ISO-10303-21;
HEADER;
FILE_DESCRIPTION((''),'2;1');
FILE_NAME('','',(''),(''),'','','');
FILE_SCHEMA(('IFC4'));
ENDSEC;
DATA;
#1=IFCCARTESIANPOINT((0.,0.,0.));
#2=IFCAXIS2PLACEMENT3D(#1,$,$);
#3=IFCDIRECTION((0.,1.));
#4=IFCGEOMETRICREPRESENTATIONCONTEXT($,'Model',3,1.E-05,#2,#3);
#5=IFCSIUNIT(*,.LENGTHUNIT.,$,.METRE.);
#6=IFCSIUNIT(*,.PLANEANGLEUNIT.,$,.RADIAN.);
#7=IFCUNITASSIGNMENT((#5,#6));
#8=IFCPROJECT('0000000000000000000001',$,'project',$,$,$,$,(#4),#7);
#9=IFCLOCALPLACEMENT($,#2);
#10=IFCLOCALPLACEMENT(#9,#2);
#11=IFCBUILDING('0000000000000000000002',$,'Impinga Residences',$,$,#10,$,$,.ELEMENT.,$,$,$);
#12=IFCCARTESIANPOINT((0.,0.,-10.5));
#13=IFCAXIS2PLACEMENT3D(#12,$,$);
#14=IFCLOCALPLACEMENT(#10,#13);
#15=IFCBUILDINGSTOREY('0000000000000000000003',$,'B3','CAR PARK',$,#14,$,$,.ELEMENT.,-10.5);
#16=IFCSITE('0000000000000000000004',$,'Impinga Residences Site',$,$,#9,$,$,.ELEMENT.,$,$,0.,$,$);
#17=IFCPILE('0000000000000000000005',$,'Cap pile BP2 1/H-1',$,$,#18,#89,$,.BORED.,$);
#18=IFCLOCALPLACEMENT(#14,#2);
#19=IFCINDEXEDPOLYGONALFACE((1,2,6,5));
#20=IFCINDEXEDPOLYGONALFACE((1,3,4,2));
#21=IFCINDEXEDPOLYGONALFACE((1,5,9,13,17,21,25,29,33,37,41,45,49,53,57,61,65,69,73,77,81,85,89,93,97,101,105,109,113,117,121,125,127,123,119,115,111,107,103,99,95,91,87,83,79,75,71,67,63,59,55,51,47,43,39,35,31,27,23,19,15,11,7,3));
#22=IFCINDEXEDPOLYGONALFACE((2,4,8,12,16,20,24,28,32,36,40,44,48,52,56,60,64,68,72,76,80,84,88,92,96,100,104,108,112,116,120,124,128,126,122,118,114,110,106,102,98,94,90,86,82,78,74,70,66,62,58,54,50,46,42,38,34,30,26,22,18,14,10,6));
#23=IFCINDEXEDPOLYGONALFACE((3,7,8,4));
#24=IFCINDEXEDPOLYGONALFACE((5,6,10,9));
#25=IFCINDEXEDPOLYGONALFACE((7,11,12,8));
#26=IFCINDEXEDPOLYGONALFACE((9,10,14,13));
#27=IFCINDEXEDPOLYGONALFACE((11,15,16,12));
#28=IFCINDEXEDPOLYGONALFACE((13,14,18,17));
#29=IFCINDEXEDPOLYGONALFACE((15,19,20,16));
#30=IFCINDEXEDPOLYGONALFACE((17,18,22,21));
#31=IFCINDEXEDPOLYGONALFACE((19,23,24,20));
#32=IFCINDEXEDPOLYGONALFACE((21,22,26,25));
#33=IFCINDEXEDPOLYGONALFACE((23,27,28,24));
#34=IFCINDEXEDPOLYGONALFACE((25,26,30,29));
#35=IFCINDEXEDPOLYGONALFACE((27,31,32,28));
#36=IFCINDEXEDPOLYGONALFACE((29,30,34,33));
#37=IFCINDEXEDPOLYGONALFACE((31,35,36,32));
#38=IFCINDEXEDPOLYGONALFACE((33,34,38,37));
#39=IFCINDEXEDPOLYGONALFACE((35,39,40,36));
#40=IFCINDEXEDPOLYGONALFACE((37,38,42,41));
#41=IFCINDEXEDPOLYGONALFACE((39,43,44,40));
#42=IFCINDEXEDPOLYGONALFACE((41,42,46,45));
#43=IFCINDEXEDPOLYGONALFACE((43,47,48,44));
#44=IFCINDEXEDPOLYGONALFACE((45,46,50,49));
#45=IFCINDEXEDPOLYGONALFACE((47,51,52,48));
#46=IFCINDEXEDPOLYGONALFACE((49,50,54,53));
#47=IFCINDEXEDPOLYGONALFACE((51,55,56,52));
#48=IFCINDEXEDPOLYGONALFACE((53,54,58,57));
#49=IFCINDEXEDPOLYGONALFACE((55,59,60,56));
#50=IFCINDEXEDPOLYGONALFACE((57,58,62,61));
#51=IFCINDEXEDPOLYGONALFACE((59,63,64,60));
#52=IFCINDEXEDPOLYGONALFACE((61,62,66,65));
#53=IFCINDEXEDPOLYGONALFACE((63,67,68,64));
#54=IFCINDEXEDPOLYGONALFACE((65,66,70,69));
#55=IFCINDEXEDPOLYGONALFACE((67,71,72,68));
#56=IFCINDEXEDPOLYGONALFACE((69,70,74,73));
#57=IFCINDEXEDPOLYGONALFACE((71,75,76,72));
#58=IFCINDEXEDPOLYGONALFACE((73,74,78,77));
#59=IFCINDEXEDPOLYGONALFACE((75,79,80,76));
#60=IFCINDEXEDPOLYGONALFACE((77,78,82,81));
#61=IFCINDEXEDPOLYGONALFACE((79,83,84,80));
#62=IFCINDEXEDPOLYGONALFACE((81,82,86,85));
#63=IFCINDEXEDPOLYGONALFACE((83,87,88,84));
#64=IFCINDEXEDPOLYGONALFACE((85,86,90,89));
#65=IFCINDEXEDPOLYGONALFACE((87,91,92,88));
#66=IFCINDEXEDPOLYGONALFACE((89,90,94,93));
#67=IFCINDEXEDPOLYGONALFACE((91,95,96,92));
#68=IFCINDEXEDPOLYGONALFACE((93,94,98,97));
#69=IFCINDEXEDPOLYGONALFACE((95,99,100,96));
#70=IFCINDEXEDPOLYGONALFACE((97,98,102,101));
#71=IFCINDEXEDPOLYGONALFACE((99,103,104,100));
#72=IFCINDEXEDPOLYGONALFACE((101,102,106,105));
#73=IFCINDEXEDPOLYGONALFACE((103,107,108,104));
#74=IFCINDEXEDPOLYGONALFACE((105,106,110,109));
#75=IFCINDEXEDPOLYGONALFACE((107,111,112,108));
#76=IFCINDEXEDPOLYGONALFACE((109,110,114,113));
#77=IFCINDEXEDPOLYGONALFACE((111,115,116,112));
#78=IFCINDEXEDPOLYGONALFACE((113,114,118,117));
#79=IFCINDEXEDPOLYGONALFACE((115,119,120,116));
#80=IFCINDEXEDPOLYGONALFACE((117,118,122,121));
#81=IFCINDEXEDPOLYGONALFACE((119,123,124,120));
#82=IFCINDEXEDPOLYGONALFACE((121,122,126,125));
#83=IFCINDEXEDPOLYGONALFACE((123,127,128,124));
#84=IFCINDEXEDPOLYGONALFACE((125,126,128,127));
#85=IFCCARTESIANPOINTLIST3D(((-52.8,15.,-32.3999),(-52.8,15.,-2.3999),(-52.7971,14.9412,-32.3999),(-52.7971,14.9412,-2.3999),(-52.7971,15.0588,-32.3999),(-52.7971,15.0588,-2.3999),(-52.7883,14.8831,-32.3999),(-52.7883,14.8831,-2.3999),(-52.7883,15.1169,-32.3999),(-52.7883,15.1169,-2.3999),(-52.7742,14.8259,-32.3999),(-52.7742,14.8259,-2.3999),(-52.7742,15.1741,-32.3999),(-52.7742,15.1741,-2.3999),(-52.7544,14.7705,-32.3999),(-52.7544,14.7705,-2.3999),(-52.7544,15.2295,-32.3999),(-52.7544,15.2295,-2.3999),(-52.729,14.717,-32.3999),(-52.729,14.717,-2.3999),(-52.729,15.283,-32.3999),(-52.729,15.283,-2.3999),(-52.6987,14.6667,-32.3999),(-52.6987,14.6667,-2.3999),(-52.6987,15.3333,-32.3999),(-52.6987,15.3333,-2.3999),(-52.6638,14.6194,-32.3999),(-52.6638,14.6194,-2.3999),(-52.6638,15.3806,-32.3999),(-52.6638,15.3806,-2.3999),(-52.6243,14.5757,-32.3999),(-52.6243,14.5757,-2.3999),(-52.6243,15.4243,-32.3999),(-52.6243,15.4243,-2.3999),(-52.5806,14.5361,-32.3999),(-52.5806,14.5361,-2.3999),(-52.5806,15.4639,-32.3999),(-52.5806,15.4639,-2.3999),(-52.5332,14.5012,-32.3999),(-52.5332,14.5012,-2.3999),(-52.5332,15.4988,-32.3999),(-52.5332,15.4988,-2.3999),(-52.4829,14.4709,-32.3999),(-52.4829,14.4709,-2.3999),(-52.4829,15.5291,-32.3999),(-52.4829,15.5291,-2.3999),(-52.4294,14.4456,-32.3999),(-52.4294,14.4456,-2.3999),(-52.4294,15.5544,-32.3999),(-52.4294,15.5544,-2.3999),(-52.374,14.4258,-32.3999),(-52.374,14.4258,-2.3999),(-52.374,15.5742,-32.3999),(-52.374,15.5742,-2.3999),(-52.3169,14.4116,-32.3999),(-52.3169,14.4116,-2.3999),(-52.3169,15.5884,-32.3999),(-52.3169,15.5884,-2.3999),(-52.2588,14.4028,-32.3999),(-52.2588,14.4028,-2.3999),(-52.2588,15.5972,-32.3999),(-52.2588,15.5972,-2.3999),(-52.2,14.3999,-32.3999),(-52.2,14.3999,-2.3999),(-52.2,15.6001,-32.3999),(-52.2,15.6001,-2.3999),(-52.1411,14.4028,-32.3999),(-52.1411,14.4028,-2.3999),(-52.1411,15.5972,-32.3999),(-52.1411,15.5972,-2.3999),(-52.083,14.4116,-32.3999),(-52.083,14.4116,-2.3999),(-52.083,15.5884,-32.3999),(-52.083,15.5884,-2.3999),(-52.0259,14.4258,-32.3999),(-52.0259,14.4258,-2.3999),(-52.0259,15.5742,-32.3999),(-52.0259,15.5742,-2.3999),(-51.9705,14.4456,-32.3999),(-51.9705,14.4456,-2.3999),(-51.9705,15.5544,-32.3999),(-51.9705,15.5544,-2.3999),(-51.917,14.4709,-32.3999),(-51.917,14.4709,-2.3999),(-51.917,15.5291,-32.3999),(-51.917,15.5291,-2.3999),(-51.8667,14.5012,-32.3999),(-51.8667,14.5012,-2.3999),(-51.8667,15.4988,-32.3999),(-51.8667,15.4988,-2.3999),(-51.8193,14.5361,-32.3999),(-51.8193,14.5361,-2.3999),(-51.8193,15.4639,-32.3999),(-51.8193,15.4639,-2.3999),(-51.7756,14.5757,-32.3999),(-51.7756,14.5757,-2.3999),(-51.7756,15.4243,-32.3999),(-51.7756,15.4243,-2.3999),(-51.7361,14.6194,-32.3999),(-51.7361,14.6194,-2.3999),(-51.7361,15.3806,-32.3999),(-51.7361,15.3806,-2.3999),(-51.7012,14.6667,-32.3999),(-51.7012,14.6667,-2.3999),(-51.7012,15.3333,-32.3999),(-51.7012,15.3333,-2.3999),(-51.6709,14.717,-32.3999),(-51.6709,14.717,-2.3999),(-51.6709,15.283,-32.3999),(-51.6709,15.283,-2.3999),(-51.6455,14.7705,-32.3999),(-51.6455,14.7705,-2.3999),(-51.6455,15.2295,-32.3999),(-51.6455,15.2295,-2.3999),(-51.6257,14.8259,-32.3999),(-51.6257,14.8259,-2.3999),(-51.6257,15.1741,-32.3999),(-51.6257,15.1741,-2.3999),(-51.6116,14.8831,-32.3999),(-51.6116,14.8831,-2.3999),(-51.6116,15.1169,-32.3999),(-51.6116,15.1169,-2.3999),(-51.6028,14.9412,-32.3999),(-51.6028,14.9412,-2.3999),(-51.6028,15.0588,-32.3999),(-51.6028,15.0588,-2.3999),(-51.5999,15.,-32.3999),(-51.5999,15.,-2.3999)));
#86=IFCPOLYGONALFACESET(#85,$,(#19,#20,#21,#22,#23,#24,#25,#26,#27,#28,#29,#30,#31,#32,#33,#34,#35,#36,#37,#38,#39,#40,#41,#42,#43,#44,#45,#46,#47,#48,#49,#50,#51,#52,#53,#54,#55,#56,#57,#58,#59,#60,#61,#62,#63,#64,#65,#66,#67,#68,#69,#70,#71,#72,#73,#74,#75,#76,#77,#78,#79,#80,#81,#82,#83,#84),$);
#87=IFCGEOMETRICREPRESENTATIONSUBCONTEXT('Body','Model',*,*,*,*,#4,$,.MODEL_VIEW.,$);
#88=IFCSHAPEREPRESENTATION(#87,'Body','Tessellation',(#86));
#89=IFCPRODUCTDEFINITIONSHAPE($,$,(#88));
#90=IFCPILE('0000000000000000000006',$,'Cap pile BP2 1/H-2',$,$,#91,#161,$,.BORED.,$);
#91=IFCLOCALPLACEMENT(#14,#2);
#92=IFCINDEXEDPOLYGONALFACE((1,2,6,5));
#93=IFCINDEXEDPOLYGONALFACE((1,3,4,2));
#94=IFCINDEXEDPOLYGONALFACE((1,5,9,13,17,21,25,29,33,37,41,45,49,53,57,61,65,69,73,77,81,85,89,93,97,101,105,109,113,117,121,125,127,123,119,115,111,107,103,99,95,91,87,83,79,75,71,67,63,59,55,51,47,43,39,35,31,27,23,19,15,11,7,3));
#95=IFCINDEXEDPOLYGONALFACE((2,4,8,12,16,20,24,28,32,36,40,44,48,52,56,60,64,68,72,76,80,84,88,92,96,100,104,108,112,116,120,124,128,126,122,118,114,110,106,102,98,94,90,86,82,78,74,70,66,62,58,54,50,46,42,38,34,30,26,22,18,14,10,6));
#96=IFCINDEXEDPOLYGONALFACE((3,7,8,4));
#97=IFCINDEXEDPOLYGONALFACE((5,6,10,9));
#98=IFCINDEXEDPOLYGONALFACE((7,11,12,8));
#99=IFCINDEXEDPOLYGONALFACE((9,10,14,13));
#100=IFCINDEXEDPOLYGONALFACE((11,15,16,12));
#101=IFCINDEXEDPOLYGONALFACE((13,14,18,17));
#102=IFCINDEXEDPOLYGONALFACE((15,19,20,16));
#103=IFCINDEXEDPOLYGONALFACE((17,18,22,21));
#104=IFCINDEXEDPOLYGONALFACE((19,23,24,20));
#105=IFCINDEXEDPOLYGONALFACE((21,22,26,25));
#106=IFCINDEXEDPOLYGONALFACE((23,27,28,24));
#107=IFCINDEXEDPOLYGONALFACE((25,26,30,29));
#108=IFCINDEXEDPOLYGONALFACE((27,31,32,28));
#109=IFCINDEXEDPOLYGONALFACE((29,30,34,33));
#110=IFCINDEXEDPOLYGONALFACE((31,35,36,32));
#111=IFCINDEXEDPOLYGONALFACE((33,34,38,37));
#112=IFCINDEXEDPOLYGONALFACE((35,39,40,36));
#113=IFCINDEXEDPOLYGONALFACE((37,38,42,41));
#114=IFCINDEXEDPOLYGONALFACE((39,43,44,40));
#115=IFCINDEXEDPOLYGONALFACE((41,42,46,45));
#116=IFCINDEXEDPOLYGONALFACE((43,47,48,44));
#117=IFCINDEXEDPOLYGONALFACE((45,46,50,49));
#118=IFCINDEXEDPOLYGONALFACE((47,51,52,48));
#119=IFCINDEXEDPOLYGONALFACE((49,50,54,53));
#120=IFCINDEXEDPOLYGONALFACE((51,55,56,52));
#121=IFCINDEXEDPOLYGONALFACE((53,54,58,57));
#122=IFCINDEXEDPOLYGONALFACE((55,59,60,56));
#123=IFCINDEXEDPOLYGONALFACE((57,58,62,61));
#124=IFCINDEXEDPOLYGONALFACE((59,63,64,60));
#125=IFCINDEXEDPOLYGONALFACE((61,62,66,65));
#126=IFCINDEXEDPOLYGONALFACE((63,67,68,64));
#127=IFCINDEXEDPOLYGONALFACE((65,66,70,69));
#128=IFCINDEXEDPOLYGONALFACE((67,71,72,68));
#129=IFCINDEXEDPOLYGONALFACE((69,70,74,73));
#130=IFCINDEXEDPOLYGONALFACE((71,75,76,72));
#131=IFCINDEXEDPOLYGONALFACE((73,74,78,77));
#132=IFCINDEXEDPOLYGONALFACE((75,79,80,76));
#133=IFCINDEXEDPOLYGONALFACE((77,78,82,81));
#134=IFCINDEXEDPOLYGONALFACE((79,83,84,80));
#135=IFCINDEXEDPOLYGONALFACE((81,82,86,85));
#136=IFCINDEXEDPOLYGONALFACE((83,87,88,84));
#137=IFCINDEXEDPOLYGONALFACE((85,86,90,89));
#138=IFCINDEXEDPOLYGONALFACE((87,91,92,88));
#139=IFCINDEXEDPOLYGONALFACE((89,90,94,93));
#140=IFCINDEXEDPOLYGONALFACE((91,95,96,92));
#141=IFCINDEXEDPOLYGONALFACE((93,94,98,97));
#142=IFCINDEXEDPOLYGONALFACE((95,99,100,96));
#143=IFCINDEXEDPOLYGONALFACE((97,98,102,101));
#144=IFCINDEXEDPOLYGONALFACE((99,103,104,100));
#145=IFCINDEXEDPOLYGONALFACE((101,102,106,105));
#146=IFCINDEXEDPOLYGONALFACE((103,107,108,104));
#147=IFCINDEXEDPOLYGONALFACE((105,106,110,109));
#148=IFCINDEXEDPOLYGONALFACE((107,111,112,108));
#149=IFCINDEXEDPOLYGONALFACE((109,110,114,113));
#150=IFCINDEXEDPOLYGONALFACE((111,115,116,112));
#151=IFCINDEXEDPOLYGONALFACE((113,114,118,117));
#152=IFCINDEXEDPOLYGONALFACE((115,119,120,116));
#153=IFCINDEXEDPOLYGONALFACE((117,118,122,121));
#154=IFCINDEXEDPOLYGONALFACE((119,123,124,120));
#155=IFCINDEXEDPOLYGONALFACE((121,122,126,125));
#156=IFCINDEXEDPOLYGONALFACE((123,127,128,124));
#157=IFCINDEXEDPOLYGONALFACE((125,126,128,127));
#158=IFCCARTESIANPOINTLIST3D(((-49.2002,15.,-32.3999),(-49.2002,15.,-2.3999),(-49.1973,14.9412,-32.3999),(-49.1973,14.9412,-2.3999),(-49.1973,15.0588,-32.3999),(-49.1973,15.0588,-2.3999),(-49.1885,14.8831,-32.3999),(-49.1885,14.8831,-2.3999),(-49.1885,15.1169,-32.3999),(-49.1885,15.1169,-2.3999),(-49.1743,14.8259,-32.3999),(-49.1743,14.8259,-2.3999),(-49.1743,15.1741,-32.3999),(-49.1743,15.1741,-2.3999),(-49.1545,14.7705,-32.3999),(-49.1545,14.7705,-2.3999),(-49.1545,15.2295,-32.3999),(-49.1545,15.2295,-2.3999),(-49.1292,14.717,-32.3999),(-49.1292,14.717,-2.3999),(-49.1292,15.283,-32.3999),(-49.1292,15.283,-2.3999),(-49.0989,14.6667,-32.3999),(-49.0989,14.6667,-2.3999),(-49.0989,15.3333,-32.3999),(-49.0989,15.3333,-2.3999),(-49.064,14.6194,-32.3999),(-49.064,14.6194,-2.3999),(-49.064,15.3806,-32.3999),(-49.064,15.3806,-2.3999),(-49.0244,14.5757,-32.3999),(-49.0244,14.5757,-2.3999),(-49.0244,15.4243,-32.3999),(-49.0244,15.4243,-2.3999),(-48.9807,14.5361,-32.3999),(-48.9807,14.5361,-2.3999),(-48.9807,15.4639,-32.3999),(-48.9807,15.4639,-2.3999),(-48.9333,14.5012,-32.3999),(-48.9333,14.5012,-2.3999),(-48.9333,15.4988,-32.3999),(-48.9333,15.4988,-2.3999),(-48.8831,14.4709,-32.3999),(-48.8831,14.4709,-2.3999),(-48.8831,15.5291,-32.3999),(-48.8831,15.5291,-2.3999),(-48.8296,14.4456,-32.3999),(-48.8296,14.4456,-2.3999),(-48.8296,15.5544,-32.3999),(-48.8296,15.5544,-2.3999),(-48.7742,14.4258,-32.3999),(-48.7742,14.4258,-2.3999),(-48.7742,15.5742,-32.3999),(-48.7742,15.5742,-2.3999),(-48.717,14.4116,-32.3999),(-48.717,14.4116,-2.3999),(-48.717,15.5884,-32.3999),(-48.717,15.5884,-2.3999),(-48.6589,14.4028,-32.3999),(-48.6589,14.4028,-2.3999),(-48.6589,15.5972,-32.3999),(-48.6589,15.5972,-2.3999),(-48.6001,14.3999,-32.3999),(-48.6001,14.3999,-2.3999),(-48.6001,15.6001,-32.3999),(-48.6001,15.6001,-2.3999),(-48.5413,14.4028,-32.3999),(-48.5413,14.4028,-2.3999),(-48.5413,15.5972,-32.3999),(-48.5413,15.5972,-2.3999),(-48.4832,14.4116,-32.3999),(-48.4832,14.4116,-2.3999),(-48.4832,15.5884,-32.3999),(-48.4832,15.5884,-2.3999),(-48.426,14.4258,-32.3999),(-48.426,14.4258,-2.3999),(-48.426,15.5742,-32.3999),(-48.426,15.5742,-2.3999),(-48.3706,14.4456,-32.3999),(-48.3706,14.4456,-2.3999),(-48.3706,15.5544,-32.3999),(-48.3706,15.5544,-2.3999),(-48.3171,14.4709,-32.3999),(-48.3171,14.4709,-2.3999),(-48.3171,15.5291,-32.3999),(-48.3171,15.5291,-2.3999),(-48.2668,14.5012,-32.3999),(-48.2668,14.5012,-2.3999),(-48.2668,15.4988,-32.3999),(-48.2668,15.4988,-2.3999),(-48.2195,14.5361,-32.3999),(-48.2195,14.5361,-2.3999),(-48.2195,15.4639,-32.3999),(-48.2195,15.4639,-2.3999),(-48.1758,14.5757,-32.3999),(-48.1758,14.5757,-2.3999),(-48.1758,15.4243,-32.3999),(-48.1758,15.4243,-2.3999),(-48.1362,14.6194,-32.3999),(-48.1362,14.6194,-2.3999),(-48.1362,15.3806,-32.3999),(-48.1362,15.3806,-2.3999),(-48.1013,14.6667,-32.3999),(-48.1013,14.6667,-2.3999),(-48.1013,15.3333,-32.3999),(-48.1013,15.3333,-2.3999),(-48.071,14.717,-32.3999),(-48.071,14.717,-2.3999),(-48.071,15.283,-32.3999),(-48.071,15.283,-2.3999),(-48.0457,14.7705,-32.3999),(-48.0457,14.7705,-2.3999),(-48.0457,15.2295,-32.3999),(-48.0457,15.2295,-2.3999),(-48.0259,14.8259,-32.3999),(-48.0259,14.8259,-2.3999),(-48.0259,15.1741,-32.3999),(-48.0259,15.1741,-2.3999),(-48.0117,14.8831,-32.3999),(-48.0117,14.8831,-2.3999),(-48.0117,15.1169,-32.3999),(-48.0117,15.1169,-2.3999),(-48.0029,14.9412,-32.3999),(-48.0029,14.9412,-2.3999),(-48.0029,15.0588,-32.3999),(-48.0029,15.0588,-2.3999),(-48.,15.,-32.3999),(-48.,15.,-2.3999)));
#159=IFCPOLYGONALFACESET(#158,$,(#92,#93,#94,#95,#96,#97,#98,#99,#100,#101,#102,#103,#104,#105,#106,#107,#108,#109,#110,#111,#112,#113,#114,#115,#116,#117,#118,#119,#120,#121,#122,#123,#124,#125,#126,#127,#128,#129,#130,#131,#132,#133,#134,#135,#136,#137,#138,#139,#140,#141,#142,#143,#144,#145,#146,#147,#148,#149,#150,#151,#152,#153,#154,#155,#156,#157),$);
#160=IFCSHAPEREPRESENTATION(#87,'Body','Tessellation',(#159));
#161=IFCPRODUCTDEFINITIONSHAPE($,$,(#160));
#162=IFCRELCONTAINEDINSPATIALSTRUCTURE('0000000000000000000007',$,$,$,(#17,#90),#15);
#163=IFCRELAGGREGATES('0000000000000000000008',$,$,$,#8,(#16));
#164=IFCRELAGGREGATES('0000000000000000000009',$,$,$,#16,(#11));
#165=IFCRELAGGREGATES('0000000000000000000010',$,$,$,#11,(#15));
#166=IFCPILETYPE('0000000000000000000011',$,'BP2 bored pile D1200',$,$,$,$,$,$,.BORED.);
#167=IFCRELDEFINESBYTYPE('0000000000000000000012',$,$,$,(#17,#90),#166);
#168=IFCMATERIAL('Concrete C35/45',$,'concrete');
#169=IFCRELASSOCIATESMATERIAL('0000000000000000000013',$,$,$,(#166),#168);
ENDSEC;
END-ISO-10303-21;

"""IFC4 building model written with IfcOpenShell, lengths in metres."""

from ifc_helpers import new_model, si_unit, direction, frame, origin, origin_2d, place, context, subcontext, project, spatial, polyline, circle, outline, extrude, material, material_profile, profile_set, type_object, element, save


model = new_model("IFC4")

# Units and contexts
model_context = context("Model", 3, precision=1e-05, world=origin(), true_north=direction((0.0, 1.0)))
body_context = subcontext(model_context, "Body", "Model", "MODEL_VIEW")
ifc_project = project(units=[si_unit("LENGTHUNIT", "METRE"), si_unit("PLANEANGLEUNIT", "RADIAN")], contexts=[model_context])

# Site, building, storey
site_placement = place(None, origin())
site = spatial("IfcSite", under=ifc_project, at=site_placement, Name="Impinga Residences Site", CompositionType="ELEMENT", RefElevation=0.0)
building_placement = place(site_placement, origin())
building = spatial("IfcBuilding", under=site, at=building_placement, Name="Impinga Residences", CompositionType="ELEMENT")
storey_placement = place(building_placement, frame((0.0, 0.0, -10.5)))
storey = spatial("IfcBuildingStorey", under=building, at=storey_placement, Name="B3", Description="CAR PARK", CompositionType="ELEMENT", Elevation=-10.5)

# Piles
ifc_material_1 = material(Name="Concrete C35/45", Category="concrete")
ifc_material_profile_1 = material_profile(ifc_material_1, circle(Radius=0.6001, at=origin_2d()), Name="D1200")
ifc_profile_set_1 = profile_set([ifc_material_profile_1], Name="Concrete C35/45")
pile_type = type_object("IfcPileType", Name="BP2 bored pile D1200", PredefinedType="BORED", material=ifc_profile_set_1)
pile_1_placement = place(storey_placement, frame((-52.2, 15.0, -2.3999), z_axis=(0.0, 0.0, -1.0), x_axis=(1.0, 0.0, 0.0)))
element("IfcPile", 1, at=pile_1_placement, inside=storey, type_object=pile_type, Name="Cap pile BP2 1/H-1", PredefinedType="BORED", context=body_context, shape_type="SweptSolid", body=[
    extrude(outline(polyline([(0.6001, 0.0), (0.5972, 0.0588), (0.5884, 0.1169), (0.5742, 0.1741), (0.5544, 0.2295), (0.5291, 0.283), (0.4988, 0.3333), (0.4639, 0.3806), (0.4243, 0.4243), (0.3806, 0.4639), (0.3333, 0.4988), (0.283, 0.5291), (0.2295, 0.5544), (0.1741, 0.5742), (0.1169, 0.5884), (0.0588, 0.5972), (0.0, 0.6001), (-0.0588, 0.5972), (-0.1169, 0.5884), (-0.1741, 0.5742), (-0.2295, 0.5544), (-0.283, 0.5291), (-0.3333, 0.4988), (-0.3806, 0.4639), (-0.4243, 0.4243), (-0.4639, 0.3806), (-0.4988, 0.3333), (-0.5291, 0.283), (-0.5544, 0.2295), (-0.5742, 0.1741), (-0.5884, 0.1169), (-0.5972, 0.0588), (-0.6001, 0.0), (-0.5972, -0.0588), (-0.5884, -0.1169), (-0.5742, -0.1741), (-0.5544, -0.2295), (-0.5291, -0.283), (-0.4988, -0.3333), (-0.4639, -0.3806), (-0.4243, -0.4243), (-0.3806, -0.4639), (-0.3333, -0.4988), (-0.283, -0.5291), (-0.2295, -0.5544), (-0.1741, -0.5742), (-0.1169, -0.5884), (-0.0588, -0.5972), (0.0, -0.6001), (0.0588, -0.5972), (0.1169, -0.5884), (0.1741, -0.5742), (0.2295, -0.5544), (0.283, -0.5291), (0.3333, -0.4988), (0.3806, -0.4639), (0.4243, -0.4243), (0.4639, -0.3806), (0.4988, -0.3333), (0.5291, -0.283), (0.5544, -0.2295), (0.5742, -0.1741), (0.5884, -0.1169), (0.5972, -0.0588), (0.6001, 0.0)])), origin(), (0.0, 0.0, 1.0), 30.0),
])
pile_2_placement = place(storey_placement, frame((-48.6001, 15.0, -2.3999), z_axis=(0.0, 0.0, -1.0), x_axis=(1.0, 0.0, 0.0)))
element("IfcPile", 2, at=pile_2_placement, inside=storey, type_object=pile_type, Name="Cap pile BP2 1/H-2", PredefinedType="BORED", context=body_context, shape_type="SweptSolid", body=[
    extrude(outline(polyline([(0.6001, 0.0), (0.5972, 0.0588), (0.5884, 0.1169), (0.5742, 0.1741), (0.5544, 0.2295), (0.5291, 0.283), (0.4988, 0.3333), (0.4639, 0.3806), (0.4243, 0.4243), (0.3806, 0.4639), (0.3333, 0.4988), (0.283, 0.5291), (0.2295, 0.5544), (0.1741, 0.5742), (0.1169, 0.5884), (0.0588, 0.5972), (0.0, 0.6001), (-0.0588, 0.5972), (-0.1169, 0.5884), (-0.1741, 0.5742), (-0.2295, 0.5544), (-0.283, 0.5291), (-0.3333, 0.4988), (-0.3806, 0.4639), (-0.4243, 0.4243), (-0.4639, 0.3806), (-0.4988, 0.3333), (-0.5291, 0.283), (-0.5544, 0.2295), (-0.5742, 0.1741), (-0.5884, 0.1169), (-0.5972, 0.0588), (-0.6001, 0.0), (-0.5972, -0.0588), (-0.5884, -0.1169), (-0.5742, -0.1741), (-0.5544, -0.2295), (-0.5291, -0.283), (-0.4988, -0.3333), (-0.4639, -0.3806), (-0.4243, -0.4243), (-0.3806, -0.4639), (-0.3333, -0.4988), (-0.283, -0.5291), (-0.2295, -0.5544), (-0.1741, -0.5742), (-0.1169, -0.5884), (-0.0588, -0.5972), (0.0, -0.6001), (0.0588, -0.5972), (0.1169, -0.5884), (0.1741, -0.5742), (0.2295, -0.5544), (0.283, -0.5291), (0.3333, -0.4988), (0.3806, -0.4639), (0.4243, -0.4243), (0.4639, -0.3806), (0.4988, -0.3333), (0.5291, -0.283), (0.5544, -0.2295), (0.5742, -0.1741), (0.5884, -0.1169), (0.5972, -0.0588), (0.6001, 0.0)])), origin(), (0.0, 0.0, 1.0), 30.0),
])

save(model, "model.ifc")
